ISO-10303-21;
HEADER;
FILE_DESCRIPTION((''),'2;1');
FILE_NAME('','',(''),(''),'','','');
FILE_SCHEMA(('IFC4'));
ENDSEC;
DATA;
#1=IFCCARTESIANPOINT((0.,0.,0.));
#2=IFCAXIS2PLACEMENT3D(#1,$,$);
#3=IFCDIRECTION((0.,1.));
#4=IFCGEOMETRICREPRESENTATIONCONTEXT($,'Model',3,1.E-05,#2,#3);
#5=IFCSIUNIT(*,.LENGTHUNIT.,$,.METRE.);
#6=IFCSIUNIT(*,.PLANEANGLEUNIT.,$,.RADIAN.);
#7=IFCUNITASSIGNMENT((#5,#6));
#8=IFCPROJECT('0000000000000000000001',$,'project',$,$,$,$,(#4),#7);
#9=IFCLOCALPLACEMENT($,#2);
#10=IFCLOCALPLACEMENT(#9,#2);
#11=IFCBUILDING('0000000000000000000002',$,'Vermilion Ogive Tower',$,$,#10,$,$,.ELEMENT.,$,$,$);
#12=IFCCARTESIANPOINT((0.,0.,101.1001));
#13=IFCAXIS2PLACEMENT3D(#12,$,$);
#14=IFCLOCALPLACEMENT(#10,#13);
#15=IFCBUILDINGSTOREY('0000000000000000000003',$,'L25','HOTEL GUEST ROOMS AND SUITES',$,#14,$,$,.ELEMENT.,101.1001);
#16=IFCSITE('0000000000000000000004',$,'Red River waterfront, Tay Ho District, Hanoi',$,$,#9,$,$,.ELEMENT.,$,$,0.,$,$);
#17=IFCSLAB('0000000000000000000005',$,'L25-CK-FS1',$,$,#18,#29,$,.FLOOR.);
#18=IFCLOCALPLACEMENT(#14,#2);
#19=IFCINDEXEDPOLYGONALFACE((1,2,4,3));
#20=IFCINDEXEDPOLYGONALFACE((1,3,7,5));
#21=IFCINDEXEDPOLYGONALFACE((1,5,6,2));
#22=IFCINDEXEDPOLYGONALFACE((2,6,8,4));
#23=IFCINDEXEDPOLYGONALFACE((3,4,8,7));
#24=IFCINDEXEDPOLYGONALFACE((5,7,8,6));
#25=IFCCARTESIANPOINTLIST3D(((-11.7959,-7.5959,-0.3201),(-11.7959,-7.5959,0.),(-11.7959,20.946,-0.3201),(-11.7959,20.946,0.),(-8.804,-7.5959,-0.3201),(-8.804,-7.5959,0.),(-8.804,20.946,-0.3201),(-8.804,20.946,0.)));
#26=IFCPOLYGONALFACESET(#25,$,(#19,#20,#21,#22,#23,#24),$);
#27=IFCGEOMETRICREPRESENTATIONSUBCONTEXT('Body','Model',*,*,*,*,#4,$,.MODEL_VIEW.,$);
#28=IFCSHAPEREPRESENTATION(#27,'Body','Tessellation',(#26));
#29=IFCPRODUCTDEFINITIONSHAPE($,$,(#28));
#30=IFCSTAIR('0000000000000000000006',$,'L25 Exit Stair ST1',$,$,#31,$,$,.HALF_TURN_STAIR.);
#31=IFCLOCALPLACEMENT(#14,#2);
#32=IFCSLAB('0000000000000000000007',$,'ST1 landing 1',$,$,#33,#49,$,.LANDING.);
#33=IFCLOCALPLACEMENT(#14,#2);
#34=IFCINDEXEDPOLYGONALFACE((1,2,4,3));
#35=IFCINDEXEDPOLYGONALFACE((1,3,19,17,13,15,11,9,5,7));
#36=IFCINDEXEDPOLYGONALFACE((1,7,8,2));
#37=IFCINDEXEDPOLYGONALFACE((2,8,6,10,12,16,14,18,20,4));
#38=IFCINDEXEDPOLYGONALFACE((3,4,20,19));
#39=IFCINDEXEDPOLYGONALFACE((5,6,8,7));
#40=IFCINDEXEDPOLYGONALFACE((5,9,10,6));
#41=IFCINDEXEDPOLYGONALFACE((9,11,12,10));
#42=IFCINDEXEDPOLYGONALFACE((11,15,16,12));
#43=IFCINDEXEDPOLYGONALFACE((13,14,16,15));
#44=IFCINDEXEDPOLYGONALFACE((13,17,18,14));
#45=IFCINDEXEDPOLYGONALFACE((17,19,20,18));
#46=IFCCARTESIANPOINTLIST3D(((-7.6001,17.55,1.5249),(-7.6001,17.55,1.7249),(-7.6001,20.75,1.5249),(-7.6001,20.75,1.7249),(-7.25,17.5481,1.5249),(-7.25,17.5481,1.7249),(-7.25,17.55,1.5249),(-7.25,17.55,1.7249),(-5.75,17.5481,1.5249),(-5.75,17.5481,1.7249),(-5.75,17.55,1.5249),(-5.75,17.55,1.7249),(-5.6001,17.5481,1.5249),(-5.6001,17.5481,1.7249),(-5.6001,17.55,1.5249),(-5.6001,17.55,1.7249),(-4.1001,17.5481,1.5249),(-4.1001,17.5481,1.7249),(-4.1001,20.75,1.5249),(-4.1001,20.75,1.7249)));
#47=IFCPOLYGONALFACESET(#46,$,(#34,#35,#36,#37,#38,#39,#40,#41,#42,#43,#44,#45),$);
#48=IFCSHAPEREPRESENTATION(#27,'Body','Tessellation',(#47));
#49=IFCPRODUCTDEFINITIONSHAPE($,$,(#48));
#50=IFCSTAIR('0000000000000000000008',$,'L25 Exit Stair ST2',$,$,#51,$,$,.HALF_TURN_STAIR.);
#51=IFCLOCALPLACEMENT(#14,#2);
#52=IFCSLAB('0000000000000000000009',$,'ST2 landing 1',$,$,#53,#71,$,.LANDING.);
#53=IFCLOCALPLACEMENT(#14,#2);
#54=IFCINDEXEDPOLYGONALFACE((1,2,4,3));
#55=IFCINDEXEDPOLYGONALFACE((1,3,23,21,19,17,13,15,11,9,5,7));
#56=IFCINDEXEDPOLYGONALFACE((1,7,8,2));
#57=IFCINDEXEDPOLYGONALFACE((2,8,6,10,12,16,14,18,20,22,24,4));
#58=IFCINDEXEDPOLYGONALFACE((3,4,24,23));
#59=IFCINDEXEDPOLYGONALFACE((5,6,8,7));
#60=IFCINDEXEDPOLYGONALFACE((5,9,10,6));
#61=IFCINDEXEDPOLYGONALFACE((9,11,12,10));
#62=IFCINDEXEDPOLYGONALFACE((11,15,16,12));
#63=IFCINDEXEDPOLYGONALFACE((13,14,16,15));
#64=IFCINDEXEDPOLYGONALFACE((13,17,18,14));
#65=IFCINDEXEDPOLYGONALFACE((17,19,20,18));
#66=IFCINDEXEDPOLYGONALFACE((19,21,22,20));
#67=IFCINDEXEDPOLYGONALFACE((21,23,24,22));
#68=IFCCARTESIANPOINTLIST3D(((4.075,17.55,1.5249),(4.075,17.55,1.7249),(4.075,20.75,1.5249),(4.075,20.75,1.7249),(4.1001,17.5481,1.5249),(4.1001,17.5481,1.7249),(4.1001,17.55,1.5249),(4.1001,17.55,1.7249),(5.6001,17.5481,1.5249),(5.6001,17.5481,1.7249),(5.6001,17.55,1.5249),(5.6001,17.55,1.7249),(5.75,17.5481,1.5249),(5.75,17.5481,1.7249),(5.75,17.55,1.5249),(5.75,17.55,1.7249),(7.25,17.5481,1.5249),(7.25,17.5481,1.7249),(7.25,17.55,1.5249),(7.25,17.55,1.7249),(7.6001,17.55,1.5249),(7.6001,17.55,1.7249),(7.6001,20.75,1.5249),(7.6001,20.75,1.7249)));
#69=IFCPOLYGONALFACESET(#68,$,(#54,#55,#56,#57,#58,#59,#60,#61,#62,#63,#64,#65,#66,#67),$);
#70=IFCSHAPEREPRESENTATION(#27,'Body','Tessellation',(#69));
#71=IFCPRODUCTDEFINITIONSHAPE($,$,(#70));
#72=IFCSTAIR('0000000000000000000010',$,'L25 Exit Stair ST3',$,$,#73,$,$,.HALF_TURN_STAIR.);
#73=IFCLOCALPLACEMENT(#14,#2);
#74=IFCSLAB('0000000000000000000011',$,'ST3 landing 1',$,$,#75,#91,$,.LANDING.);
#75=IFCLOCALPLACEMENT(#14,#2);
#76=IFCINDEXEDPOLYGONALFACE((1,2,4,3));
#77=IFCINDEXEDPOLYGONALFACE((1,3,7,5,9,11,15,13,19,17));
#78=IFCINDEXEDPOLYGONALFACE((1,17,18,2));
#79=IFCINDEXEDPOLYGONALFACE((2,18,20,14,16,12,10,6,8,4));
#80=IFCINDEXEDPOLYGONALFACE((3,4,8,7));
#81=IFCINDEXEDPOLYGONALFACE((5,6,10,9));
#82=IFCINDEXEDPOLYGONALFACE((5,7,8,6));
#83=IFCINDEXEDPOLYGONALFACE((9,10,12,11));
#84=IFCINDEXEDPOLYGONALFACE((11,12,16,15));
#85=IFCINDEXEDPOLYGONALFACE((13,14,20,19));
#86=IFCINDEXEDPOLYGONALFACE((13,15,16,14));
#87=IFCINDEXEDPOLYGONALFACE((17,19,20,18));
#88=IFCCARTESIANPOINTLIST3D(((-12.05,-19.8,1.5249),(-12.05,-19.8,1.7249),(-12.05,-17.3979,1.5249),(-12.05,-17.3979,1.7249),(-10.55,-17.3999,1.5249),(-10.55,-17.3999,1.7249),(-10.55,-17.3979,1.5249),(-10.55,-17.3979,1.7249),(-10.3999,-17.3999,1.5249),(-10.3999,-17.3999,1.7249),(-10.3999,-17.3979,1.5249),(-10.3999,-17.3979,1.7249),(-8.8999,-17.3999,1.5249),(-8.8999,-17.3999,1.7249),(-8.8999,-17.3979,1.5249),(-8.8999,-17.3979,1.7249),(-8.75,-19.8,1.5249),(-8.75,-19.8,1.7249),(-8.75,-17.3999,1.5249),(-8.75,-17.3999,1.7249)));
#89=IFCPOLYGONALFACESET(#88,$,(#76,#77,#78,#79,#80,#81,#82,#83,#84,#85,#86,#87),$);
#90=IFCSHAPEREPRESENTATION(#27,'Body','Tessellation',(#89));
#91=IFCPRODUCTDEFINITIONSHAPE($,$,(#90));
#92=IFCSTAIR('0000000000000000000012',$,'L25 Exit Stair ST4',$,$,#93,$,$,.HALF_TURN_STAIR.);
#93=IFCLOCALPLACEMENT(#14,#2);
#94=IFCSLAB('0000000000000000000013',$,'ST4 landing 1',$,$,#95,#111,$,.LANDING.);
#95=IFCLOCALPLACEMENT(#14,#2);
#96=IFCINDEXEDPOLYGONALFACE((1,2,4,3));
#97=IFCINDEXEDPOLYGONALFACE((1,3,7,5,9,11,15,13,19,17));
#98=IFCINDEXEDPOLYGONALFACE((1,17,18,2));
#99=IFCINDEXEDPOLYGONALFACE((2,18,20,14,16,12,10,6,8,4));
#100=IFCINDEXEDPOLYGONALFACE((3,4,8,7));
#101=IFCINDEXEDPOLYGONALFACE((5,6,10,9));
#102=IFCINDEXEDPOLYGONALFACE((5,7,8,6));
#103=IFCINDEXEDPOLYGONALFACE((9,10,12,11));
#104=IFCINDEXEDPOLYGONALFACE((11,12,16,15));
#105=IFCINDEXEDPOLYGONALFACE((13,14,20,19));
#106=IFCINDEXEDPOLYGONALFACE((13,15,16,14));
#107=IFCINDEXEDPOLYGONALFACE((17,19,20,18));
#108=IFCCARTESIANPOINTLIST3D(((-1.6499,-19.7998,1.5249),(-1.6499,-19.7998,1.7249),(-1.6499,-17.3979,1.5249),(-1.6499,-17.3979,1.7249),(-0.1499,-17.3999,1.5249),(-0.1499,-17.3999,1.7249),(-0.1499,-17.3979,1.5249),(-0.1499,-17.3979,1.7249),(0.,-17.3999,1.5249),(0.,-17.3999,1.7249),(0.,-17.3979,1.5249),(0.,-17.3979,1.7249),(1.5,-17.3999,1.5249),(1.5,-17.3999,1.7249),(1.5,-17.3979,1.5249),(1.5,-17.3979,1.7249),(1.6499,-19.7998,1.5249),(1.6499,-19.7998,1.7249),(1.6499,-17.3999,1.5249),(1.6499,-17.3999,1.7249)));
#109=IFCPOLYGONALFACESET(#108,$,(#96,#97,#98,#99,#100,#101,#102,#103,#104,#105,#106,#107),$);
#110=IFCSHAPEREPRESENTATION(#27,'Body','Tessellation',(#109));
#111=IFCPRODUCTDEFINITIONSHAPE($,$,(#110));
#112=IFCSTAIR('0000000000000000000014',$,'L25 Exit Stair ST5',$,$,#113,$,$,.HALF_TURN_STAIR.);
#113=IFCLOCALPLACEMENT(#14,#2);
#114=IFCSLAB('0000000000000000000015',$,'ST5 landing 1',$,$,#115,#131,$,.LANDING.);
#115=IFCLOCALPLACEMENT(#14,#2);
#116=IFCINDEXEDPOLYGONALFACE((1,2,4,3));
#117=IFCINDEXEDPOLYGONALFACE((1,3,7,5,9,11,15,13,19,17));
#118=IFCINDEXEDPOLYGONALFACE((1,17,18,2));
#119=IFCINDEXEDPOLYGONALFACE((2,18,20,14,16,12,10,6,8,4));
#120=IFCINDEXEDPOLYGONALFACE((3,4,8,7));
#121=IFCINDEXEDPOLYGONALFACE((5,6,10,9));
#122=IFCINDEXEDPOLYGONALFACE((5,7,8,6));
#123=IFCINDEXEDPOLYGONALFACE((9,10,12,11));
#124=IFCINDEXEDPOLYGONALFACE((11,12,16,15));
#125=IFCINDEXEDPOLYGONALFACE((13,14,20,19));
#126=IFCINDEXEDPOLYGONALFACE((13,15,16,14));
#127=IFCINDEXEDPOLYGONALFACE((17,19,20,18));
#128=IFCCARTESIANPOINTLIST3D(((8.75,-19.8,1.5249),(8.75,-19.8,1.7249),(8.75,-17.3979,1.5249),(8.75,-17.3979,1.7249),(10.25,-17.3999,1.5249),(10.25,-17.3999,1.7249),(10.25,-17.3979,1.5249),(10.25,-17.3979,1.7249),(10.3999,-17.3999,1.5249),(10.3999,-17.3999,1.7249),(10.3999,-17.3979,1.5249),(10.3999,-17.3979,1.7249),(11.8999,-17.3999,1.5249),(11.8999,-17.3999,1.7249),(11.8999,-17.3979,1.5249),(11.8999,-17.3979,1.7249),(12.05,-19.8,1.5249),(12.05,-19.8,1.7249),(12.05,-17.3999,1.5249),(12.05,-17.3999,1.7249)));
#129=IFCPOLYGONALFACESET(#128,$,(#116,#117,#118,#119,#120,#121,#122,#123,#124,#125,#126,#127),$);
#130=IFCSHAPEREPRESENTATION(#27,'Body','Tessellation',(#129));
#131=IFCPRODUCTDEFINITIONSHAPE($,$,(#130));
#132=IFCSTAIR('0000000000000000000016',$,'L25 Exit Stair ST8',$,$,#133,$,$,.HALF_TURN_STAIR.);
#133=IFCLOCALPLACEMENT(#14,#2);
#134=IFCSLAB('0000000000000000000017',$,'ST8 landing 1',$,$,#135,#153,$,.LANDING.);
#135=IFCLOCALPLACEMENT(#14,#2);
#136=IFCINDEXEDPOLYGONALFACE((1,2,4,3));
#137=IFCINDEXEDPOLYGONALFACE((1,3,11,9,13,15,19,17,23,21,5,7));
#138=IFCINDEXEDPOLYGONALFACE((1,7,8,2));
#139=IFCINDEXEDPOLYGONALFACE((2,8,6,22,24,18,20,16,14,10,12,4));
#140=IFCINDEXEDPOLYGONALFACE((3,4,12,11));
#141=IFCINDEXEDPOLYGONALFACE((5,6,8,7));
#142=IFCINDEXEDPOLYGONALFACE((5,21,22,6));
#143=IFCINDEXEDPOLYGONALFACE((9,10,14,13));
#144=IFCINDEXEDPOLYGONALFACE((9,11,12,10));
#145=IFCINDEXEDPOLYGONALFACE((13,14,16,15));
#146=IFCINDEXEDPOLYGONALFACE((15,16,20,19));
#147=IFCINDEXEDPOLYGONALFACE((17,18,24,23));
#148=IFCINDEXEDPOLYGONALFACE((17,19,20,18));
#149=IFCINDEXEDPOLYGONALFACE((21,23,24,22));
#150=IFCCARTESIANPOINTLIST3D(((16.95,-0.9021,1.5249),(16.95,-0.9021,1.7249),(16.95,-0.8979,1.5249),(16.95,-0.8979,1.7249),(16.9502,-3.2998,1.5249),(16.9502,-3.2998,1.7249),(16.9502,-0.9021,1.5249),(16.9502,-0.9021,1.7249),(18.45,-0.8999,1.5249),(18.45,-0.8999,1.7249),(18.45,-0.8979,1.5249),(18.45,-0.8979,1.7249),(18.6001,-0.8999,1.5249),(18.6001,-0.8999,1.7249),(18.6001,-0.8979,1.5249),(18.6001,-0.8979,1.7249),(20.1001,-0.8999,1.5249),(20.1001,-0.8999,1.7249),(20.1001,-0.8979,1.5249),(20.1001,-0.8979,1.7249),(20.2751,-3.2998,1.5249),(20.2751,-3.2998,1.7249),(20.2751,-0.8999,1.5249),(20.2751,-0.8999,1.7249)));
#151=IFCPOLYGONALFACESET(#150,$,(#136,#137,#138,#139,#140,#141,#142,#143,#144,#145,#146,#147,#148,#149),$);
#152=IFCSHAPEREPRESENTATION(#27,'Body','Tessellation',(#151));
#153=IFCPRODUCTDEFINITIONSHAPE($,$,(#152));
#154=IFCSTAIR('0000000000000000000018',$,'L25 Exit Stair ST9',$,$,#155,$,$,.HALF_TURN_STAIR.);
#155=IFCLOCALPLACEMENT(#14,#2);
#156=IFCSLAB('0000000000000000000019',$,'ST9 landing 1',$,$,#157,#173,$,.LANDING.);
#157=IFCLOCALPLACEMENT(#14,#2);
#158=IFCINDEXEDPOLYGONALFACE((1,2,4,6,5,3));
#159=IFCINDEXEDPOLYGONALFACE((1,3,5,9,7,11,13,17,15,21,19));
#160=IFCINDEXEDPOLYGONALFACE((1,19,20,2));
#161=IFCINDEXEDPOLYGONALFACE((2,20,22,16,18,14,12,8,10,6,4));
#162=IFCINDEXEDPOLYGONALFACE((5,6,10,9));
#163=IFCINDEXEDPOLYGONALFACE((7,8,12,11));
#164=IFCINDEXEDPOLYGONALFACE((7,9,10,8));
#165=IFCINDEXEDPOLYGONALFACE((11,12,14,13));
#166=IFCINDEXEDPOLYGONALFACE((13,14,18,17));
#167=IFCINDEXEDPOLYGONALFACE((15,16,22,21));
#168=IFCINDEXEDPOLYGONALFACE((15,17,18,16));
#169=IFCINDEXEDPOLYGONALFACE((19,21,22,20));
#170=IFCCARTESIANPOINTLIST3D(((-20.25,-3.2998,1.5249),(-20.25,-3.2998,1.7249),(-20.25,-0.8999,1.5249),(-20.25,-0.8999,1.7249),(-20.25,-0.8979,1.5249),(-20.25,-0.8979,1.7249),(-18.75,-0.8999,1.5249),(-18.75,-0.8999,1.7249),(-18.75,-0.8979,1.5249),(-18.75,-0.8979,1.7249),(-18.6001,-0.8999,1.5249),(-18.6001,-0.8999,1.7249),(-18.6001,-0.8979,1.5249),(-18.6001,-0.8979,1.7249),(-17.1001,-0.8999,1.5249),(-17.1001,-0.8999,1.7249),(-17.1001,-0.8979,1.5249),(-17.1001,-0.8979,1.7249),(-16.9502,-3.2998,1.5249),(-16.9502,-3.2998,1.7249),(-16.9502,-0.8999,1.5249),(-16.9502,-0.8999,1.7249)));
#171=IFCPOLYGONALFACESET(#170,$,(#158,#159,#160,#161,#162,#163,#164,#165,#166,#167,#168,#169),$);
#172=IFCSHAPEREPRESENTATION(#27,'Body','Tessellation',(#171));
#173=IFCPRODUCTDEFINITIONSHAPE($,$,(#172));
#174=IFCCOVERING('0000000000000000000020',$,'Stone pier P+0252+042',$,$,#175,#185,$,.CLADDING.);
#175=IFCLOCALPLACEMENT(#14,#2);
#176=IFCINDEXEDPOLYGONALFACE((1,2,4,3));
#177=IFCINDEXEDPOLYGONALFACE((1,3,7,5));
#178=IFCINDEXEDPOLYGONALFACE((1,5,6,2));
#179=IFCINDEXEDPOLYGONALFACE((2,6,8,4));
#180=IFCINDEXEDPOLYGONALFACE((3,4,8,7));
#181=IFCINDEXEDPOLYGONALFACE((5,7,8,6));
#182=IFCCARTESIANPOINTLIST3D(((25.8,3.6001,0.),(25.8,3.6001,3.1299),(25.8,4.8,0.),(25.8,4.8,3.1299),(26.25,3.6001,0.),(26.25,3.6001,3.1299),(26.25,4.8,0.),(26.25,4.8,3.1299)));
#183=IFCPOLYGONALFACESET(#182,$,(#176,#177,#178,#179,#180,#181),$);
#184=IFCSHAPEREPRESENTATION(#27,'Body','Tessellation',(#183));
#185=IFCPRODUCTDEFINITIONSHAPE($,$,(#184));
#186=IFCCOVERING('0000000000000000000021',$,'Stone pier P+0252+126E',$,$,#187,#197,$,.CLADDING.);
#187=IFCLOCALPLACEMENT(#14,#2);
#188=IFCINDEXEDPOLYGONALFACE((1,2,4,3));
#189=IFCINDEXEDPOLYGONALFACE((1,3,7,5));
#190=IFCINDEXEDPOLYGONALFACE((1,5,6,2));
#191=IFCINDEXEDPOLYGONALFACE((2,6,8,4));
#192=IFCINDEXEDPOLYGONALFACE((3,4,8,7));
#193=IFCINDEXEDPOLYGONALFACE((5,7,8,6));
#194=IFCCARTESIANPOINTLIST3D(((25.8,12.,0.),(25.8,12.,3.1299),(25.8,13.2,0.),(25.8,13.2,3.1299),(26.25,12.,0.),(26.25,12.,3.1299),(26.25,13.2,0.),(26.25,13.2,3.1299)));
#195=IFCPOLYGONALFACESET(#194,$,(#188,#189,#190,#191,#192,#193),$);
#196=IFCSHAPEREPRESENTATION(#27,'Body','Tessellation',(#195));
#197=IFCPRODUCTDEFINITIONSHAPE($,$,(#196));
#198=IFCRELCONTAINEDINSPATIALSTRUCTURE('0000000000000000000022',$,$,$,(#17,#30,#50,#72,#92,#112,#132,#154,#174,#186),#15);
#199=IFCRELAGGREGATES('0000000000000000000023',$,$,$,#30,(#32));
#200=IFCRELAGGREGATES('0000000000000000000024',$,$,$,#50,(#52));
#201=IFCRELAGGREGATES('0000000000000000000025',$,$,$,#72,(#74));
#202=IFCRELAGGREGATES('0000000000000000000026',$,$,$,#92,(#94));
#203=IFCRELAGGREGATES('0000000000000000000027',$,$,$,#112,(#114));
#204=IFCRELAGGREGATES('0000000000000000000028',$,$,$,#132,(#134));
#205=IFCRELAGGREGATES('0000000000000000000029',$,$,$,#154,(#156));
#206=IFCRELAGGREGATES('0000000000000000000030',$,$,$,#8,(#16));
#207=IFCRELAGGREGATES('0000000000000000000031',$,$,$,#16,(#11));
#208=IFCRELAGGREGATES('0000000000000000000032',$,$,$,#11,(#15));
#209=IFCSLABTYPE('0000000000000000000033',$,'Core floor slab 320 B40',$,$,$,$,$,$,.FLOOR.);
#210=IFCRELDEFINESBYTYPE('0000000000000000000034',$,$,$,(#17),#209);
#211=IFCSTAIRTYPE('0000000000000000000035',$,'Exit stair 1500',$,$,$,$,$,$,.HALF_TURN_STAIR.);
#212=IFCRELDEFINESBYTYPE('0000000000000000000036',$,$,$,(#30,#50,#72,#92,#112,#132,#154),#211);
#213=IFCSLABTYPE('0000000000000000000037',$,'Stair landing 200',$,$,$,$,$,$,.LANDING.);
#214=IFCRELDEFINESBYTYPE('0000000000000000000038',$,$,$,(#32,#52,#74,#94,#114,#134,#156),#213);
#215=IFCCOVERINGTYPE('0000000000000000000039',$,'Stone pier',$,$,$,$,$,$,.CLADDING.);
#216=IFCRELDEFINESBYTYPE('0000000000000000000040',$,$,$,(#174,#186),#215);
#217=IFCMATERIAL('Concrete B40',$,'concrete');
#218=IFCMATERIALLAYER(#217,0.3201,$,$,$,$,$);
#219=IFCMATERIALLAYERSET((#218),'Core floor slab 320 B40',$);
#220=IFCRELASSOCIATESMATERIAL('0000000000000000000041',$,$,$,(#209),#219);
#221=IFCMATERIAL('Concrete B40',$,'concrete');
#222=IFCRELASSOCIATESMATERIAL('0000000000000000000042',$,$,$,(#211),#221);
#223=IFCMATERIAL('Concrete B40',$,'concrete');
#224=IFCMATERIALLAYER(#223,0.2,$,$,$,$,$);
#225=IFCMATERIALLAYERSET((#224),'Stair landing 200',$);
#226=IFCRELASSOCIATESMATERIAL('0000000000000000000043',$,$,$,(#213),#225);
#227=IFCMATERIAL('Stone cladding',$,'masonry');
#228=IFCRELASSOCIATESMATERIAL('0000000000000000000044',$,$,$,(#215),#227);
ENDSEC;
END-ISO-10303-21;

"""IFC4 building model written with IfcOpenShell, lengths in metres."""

from ifc_helpers import new_model, si_unit, direction, frame, origin, place, context, subcontext, project, spatial, polyline, outline, extrude, material, layer, layer_set, type_object, element, aggregate, save


model = new_model("IFC4")

# Units and contexts
model_context = context("Model", 3, precision=1e-05, world=origin(), true_north=direction((0.0, 1.0)))
body_context = subcontext(model_context, "Body", "Model", "MODEL_VIEW")
ifc_project = project(units=[si_unit("LENGTHUNIT", "METRE"), si_unit("PLANEANGLEUNIT", "RADIAN")], contexts=[model_context])

# Site, building, storey
site_placement = place(None, origin())
site = spatial("IfcSite", under=ifc_project, at=site_placement, Name="Red River waterfront, Tay Ho District, Hanoi", CompositionType="ELEMENT", RefElevation=0.0)
building_placement = place(site_placement, origin())
building = spatial("IfcBuilding", under=site, at=building_placement, Name="Vermilion Ogive Tower", CompositionType="ELEMENT")
storey_placement = place(building_placement, frame((0.0, 0.0, 101.1001)))
storey = spatial("IfcBuildingStorey", under=building, at=storey_placement, Name="L25", Description="HOTEL GUEST ROOMS AND SUITES", CompositionType="ELEMENT", Elevation=101.1001)

# Slab
ifc_material_1 = material(Name="Concrete B40", Category="concrete")
ifc_layer_1 = layer(ifc_material_1, 0.3201)
ifc_layer_set_1 = layer_set([ifc_layer_1], Name="Core floor slab 320 B40")
slab_type_1 = type_object("IfcSlabType", Name="Core floor slab 320 B40", PredefinedType="FLOOR", material=ifc_layer_set_1)
slab_1_placement = place(storey_placement, frame((0.0, 0.0, -0.3201)))
element("IfcSlab", 1, at=slab_1_placement, inside=storey, type_object=slab_type_1, Name="L25-CK-FS1", PredefinedType="FLOOR", context=body_context, shape_type="SweptSolid", body=[
    extrude(outline(polyline([(-8.804, 20.946), (-8.804, -7.5959), (-11.7959, -7.5959), (-11.7959, 20.946), (-8.804, 20.946)])), origin(), (0.0, 0.0, 1.0), 0.3201),
])

# Stairs, slabs
ifc_material_2 = material(Name="Concrete B40", Category="concrete")
stair_type = type_object("IfcStairType", Name="Exit stair 1500", PredefinedType="HALF_TURN_STAIR", material=ifc_material_2)
stair_1_placement = place(storey_placement, origin())
stair_1 = element("IfcStair", 2, at=stair_1_placement, inside=storey, type_object=stair_type, Name="L25 Exit Stair ST1", PredefinedType="HALF_TURN_STAIR")
ifc_material_3 = material(Name="Concrete B40", Category="concrete")
ifc_layer_2 = layer(ifc_material_3, 0.2)
ifc_layer_set_2 = layer_set([ifc_layer_2], Name="Stair landing 200")
slab_type_2 = type_object("IfcSlabType", Name="Stair landing 200", PredefinedType="LANDING", material=ifc_layer_set_2)
slab_2_placement = place(storey_placement, frame((0.0, 0.0, 1.5249)))
slab_2 = element("IfcSlab", 3, at=slab_2_placement, type_object=slab_type_2, Name="ST1 landing 1", PredefinedType="LANDING", context=body_context, shape_type="SweptSolid", body=[
    extrude(outline(polyline([(-7.6001, 17.55), (-7.25, 17.55), (-7.25, 17.5481), (-5.75, 17.5481), (-5.75, 17.55), (-5.6001, 17.55), (-5.6001, 17.5481), (-4.1001, 17.5481), (-4.1001, 20.75), (-7.6001, 20.75), (-7.6001, 17.55)])), origin(), (0.0, 0.0, 1.0), 0.2),
])
aggregate(stair_1, [slab_2])
stair_2_placement = place(storey_placement, origin())
stair_2 = element("IfcStair", 4, at=stair_2_placement, inside=storey, type_object=stair_type, Name="L25 Exit Stair ST2", PredefinedType="HALF_TURN_STAIR")
slab_3_placement = place(storey_placement, frame((0.0, 0.0, 1.5249)))
slab_3 = element("IfcSlab", 5, at=slab_3_placement, type_object=slab_type_2, Name="ST2 landing 1", PredefinedType="LANDING", context=body_context, shape_type="SweptSolid", body=[
    extrude(outline(polyline([(5.6001, 17.55), (5.75, 17.55), (5.75, 17.5481), (7.25, 17.5481), (7.25, 17.55), (7.6001, 17.55), (7.6001, 20.75), (4.075, 20.75), (4.075, 17.55), (4.1001, 17.55), (4.1001, 17.5481), (5.6001, 17.5481), (5.6001, 17.55)])), origin(), (0.0, 0.0, 1.0), 0.2),
])
aggregate(stair_2, [slab_3])
stair_3_placement = place(storey_placement, origin())
stair_3 = element("IfcStair", 6, at=stair_3_placement, inside=storey, type_object=stair_type, Name="L25 Exit Stair ST3", PredefinedType="HALF_TURN_STAIR")
slab_4_placement = place(storey_placement, frame((0.0, 0.0, 1.5249)))
slab_4 = element("IfcSlab", 7, at=slab_4_placement, type_object=slab_type_2, Name="ST3 landing 1", PredefinedType="LANDING", context=body_context, shape_type="SweptSolid", body=[
    extrude(outline(polyline([(-8.75, -17.3999), (-8.8999, -17.3999), (-8.8999, -17.3979), (-10.3999, -17.3979), (-10.3999, -17.3999), (-10.55, -17.3999), (-10.55, -17.3979), (-12.05, -17.3979), (-12.05, -19.8), (-8.75, -19.8), (-8.75, -17.3999)])), origin(), (0.0, 0.0, 1.0), 0.2),
])
aggregate(stair_3, [slab_4])
stair_4_placement = place(storey_placement, origin())
stair_4 = element("IfcStair", 8, at=stair_4_placement, inside=storey, type_object=stair_type, Name="L25 Exit Stair ST4", PredefinedType="HALF_TURN_STAIR")
slab_5_placement = place(storey_placement, frame((0.0, 0.0, 1.5249)))
slab_5 = element("IfcSlab", 9, at=slab_5_placement, type_object=slab_type_2, Name="ST4 landing 1", PredefinedType="LANDING", context=body_context, shape_type="SweptSolid", body=[
    extrude(outline(polyline([(1.6499, -17.3999), (1.5, -17.3999), (1.5, -17.3979), (0.0, -17.3979), (0.0, -17.3999), (-0.1499, -17.3999), (-0.1499, -17.3979), (-1.6499, -17.3979), (-1.6499, -19.7998), (1.6499, -19.7998), (1.6499, -17.3999)])), origin(), (0.0, 0.0, 1.0), 0.2),
])
aggregate(stair_4, [slab_5])
stair_5_placement = place(storey_placement, origin())
stair_5 = element("IfcStair", 10, at=stair_5_placement, inside=storey, type_object=stair_type, Name="L25 Exit Stair ST5", PredefinedType="HALF_TURN_STAIR")
slab_6_placement = place(storey_placement, frame((0.0, 0.0, 1.5249)))
slab_6 = element("IfcSlab", 11, at=slab_6_placement, type_object=slab_type_2, Name="ST5 landing 1", PredefinedType="LANDING", context=body_context, shape_type="SweptSolid", body=[
    extrude(outline(polyline([(12.05, -17.3999), (11.8999, -17.3999), (11.8999, -17.3979), (10.3999, -17.3979), (10.3999, -17.3999), (10.25, -17.3999), (10.25, -17.3979), (8.75, -17.3979), (8.75, -19.8), (12.05, -19.8), (12.05, -17.3999)])), origin(), (0.0, 0.0, 1.0), 0.2),
])
aggregate(stair_5, [slab_6])
stair_6_placement = place(storey_placement, origin())
stair_6 = element("IfcStair", 12, at=stair_6_placement, inside=storey, type_object=stair_type, Name="L25 Exit Stair ST8", PredefinedType="HALF_TURN_STAIR")
slab_7_placement = place(storey_placement, frame((0.0, 0.0, 1.5249)))
slab_7 = element("IfcSlab", 13, at=slab_7_placement, type_object=slab_type_2, Name="ST8 landing 1", PredefinedType="LANDING", context=body_context, shape_type="SweptSolid", body=[
    extrude(outline(polyline([(20.2751, -0.8999), (20.1001, -0.8999), (20.1001, -0.8979), (18.6001, -0.8979), (18.6001, -0.8999), (18.45, -0.8999), (18.45, -0.8979), (16.95, -0.8979), (16.95, -0.9021), (16.9502, -0.9021), (16.9502, -3.2998), (20.2751, -3.2998), (20.2751, -0.8999)])), origin(), (0.0, 0.0, 1.0), 0.2),
])
aggregate(stair_6, [slab_7])
stair_7_placement = place(storey_placement, origin())
stair_7 = element("IfcStair", 14, at=stair_7_placement, inside=storey, type_object=stair_type, Name="L25 Exit Stair ST9", PredefinedType="HALF_TURN_STAIR")
slab_8_placement = place(storey_placement, frame((0.0, 0.0, 1.5249)))
slab_8 = element("IfcSlab", 15, at=slab_8_placement, type_object=slab_type_2, Name="ST9 landing 1", PredefinedType="LANDING", context=body_context, shape_type="SweptSolid", body=[
    extrude(outline(polyline([(-16.9502, -0.8999), (-17.1001, -0.8999), (-17.1001, -0.8979), (-18.6001, -0.8979), (-18.6001, -0.8999), (-18.75, -0.8999), (-18.75, -0.8979), (-20.25, -0.8979), (-20.25, -0.8999), (-20.25, -0.8999), (-20.25, -3.2998), (-16.9502, -3.2998), (-16.9502, -0.8999)])), origin(), (0.0, 0.0, 1.0), 0.2),
])
aggregate(stair_7, [slab_8])

# Coverings
ifc_material_4 = material(Name="Stone cladding", Category="masonry")
covering_type = type_object("IfcCoveringType", Name="Stone pier", PredefinedType="CLADDING", material=ifc_material_4)
covering_1_placement = place(storey_placement, origin())
element("IfcCovering", 16, at=covering_1_placement, inside=storey, type_object=covering_type, Name="Stone pier P+0252+042", PredefinedType="CLADDING", context=body_context, shape_type="SweptSolid", body=[
    extrude(outline(polyline([(25.8, 4.8), (25.8, 4.8), (26.25, 4.8), (26.25, 3.6001), (25.8, 3.6001), (25.8, 3.6001), (25.8, 4.8)])), origin(), (0.0, 0.0, 1.0), 3.1299),
])
covering_2_placement = place(storey_placement, origin())
element("IfcCovering", 17, at=covering_2_placement, inside=storey, type_object=covering_type, Name="Stone pier P+0252+126E", PredefinedType="CLADDING", context=body_context, shape_type="SweptSolid", body=[
    extrude(outline(polyline([(25.8, 13.2), (25.8, 13.2), (26.25, 13.2), (26.25, 12.0), (25.8, 12.0), (25.8, 12.0), (25.8, 13.2)])), origin(), (0.0, 0.0, 1.0), 3.1299),
])

save(model, "model.ifc")
